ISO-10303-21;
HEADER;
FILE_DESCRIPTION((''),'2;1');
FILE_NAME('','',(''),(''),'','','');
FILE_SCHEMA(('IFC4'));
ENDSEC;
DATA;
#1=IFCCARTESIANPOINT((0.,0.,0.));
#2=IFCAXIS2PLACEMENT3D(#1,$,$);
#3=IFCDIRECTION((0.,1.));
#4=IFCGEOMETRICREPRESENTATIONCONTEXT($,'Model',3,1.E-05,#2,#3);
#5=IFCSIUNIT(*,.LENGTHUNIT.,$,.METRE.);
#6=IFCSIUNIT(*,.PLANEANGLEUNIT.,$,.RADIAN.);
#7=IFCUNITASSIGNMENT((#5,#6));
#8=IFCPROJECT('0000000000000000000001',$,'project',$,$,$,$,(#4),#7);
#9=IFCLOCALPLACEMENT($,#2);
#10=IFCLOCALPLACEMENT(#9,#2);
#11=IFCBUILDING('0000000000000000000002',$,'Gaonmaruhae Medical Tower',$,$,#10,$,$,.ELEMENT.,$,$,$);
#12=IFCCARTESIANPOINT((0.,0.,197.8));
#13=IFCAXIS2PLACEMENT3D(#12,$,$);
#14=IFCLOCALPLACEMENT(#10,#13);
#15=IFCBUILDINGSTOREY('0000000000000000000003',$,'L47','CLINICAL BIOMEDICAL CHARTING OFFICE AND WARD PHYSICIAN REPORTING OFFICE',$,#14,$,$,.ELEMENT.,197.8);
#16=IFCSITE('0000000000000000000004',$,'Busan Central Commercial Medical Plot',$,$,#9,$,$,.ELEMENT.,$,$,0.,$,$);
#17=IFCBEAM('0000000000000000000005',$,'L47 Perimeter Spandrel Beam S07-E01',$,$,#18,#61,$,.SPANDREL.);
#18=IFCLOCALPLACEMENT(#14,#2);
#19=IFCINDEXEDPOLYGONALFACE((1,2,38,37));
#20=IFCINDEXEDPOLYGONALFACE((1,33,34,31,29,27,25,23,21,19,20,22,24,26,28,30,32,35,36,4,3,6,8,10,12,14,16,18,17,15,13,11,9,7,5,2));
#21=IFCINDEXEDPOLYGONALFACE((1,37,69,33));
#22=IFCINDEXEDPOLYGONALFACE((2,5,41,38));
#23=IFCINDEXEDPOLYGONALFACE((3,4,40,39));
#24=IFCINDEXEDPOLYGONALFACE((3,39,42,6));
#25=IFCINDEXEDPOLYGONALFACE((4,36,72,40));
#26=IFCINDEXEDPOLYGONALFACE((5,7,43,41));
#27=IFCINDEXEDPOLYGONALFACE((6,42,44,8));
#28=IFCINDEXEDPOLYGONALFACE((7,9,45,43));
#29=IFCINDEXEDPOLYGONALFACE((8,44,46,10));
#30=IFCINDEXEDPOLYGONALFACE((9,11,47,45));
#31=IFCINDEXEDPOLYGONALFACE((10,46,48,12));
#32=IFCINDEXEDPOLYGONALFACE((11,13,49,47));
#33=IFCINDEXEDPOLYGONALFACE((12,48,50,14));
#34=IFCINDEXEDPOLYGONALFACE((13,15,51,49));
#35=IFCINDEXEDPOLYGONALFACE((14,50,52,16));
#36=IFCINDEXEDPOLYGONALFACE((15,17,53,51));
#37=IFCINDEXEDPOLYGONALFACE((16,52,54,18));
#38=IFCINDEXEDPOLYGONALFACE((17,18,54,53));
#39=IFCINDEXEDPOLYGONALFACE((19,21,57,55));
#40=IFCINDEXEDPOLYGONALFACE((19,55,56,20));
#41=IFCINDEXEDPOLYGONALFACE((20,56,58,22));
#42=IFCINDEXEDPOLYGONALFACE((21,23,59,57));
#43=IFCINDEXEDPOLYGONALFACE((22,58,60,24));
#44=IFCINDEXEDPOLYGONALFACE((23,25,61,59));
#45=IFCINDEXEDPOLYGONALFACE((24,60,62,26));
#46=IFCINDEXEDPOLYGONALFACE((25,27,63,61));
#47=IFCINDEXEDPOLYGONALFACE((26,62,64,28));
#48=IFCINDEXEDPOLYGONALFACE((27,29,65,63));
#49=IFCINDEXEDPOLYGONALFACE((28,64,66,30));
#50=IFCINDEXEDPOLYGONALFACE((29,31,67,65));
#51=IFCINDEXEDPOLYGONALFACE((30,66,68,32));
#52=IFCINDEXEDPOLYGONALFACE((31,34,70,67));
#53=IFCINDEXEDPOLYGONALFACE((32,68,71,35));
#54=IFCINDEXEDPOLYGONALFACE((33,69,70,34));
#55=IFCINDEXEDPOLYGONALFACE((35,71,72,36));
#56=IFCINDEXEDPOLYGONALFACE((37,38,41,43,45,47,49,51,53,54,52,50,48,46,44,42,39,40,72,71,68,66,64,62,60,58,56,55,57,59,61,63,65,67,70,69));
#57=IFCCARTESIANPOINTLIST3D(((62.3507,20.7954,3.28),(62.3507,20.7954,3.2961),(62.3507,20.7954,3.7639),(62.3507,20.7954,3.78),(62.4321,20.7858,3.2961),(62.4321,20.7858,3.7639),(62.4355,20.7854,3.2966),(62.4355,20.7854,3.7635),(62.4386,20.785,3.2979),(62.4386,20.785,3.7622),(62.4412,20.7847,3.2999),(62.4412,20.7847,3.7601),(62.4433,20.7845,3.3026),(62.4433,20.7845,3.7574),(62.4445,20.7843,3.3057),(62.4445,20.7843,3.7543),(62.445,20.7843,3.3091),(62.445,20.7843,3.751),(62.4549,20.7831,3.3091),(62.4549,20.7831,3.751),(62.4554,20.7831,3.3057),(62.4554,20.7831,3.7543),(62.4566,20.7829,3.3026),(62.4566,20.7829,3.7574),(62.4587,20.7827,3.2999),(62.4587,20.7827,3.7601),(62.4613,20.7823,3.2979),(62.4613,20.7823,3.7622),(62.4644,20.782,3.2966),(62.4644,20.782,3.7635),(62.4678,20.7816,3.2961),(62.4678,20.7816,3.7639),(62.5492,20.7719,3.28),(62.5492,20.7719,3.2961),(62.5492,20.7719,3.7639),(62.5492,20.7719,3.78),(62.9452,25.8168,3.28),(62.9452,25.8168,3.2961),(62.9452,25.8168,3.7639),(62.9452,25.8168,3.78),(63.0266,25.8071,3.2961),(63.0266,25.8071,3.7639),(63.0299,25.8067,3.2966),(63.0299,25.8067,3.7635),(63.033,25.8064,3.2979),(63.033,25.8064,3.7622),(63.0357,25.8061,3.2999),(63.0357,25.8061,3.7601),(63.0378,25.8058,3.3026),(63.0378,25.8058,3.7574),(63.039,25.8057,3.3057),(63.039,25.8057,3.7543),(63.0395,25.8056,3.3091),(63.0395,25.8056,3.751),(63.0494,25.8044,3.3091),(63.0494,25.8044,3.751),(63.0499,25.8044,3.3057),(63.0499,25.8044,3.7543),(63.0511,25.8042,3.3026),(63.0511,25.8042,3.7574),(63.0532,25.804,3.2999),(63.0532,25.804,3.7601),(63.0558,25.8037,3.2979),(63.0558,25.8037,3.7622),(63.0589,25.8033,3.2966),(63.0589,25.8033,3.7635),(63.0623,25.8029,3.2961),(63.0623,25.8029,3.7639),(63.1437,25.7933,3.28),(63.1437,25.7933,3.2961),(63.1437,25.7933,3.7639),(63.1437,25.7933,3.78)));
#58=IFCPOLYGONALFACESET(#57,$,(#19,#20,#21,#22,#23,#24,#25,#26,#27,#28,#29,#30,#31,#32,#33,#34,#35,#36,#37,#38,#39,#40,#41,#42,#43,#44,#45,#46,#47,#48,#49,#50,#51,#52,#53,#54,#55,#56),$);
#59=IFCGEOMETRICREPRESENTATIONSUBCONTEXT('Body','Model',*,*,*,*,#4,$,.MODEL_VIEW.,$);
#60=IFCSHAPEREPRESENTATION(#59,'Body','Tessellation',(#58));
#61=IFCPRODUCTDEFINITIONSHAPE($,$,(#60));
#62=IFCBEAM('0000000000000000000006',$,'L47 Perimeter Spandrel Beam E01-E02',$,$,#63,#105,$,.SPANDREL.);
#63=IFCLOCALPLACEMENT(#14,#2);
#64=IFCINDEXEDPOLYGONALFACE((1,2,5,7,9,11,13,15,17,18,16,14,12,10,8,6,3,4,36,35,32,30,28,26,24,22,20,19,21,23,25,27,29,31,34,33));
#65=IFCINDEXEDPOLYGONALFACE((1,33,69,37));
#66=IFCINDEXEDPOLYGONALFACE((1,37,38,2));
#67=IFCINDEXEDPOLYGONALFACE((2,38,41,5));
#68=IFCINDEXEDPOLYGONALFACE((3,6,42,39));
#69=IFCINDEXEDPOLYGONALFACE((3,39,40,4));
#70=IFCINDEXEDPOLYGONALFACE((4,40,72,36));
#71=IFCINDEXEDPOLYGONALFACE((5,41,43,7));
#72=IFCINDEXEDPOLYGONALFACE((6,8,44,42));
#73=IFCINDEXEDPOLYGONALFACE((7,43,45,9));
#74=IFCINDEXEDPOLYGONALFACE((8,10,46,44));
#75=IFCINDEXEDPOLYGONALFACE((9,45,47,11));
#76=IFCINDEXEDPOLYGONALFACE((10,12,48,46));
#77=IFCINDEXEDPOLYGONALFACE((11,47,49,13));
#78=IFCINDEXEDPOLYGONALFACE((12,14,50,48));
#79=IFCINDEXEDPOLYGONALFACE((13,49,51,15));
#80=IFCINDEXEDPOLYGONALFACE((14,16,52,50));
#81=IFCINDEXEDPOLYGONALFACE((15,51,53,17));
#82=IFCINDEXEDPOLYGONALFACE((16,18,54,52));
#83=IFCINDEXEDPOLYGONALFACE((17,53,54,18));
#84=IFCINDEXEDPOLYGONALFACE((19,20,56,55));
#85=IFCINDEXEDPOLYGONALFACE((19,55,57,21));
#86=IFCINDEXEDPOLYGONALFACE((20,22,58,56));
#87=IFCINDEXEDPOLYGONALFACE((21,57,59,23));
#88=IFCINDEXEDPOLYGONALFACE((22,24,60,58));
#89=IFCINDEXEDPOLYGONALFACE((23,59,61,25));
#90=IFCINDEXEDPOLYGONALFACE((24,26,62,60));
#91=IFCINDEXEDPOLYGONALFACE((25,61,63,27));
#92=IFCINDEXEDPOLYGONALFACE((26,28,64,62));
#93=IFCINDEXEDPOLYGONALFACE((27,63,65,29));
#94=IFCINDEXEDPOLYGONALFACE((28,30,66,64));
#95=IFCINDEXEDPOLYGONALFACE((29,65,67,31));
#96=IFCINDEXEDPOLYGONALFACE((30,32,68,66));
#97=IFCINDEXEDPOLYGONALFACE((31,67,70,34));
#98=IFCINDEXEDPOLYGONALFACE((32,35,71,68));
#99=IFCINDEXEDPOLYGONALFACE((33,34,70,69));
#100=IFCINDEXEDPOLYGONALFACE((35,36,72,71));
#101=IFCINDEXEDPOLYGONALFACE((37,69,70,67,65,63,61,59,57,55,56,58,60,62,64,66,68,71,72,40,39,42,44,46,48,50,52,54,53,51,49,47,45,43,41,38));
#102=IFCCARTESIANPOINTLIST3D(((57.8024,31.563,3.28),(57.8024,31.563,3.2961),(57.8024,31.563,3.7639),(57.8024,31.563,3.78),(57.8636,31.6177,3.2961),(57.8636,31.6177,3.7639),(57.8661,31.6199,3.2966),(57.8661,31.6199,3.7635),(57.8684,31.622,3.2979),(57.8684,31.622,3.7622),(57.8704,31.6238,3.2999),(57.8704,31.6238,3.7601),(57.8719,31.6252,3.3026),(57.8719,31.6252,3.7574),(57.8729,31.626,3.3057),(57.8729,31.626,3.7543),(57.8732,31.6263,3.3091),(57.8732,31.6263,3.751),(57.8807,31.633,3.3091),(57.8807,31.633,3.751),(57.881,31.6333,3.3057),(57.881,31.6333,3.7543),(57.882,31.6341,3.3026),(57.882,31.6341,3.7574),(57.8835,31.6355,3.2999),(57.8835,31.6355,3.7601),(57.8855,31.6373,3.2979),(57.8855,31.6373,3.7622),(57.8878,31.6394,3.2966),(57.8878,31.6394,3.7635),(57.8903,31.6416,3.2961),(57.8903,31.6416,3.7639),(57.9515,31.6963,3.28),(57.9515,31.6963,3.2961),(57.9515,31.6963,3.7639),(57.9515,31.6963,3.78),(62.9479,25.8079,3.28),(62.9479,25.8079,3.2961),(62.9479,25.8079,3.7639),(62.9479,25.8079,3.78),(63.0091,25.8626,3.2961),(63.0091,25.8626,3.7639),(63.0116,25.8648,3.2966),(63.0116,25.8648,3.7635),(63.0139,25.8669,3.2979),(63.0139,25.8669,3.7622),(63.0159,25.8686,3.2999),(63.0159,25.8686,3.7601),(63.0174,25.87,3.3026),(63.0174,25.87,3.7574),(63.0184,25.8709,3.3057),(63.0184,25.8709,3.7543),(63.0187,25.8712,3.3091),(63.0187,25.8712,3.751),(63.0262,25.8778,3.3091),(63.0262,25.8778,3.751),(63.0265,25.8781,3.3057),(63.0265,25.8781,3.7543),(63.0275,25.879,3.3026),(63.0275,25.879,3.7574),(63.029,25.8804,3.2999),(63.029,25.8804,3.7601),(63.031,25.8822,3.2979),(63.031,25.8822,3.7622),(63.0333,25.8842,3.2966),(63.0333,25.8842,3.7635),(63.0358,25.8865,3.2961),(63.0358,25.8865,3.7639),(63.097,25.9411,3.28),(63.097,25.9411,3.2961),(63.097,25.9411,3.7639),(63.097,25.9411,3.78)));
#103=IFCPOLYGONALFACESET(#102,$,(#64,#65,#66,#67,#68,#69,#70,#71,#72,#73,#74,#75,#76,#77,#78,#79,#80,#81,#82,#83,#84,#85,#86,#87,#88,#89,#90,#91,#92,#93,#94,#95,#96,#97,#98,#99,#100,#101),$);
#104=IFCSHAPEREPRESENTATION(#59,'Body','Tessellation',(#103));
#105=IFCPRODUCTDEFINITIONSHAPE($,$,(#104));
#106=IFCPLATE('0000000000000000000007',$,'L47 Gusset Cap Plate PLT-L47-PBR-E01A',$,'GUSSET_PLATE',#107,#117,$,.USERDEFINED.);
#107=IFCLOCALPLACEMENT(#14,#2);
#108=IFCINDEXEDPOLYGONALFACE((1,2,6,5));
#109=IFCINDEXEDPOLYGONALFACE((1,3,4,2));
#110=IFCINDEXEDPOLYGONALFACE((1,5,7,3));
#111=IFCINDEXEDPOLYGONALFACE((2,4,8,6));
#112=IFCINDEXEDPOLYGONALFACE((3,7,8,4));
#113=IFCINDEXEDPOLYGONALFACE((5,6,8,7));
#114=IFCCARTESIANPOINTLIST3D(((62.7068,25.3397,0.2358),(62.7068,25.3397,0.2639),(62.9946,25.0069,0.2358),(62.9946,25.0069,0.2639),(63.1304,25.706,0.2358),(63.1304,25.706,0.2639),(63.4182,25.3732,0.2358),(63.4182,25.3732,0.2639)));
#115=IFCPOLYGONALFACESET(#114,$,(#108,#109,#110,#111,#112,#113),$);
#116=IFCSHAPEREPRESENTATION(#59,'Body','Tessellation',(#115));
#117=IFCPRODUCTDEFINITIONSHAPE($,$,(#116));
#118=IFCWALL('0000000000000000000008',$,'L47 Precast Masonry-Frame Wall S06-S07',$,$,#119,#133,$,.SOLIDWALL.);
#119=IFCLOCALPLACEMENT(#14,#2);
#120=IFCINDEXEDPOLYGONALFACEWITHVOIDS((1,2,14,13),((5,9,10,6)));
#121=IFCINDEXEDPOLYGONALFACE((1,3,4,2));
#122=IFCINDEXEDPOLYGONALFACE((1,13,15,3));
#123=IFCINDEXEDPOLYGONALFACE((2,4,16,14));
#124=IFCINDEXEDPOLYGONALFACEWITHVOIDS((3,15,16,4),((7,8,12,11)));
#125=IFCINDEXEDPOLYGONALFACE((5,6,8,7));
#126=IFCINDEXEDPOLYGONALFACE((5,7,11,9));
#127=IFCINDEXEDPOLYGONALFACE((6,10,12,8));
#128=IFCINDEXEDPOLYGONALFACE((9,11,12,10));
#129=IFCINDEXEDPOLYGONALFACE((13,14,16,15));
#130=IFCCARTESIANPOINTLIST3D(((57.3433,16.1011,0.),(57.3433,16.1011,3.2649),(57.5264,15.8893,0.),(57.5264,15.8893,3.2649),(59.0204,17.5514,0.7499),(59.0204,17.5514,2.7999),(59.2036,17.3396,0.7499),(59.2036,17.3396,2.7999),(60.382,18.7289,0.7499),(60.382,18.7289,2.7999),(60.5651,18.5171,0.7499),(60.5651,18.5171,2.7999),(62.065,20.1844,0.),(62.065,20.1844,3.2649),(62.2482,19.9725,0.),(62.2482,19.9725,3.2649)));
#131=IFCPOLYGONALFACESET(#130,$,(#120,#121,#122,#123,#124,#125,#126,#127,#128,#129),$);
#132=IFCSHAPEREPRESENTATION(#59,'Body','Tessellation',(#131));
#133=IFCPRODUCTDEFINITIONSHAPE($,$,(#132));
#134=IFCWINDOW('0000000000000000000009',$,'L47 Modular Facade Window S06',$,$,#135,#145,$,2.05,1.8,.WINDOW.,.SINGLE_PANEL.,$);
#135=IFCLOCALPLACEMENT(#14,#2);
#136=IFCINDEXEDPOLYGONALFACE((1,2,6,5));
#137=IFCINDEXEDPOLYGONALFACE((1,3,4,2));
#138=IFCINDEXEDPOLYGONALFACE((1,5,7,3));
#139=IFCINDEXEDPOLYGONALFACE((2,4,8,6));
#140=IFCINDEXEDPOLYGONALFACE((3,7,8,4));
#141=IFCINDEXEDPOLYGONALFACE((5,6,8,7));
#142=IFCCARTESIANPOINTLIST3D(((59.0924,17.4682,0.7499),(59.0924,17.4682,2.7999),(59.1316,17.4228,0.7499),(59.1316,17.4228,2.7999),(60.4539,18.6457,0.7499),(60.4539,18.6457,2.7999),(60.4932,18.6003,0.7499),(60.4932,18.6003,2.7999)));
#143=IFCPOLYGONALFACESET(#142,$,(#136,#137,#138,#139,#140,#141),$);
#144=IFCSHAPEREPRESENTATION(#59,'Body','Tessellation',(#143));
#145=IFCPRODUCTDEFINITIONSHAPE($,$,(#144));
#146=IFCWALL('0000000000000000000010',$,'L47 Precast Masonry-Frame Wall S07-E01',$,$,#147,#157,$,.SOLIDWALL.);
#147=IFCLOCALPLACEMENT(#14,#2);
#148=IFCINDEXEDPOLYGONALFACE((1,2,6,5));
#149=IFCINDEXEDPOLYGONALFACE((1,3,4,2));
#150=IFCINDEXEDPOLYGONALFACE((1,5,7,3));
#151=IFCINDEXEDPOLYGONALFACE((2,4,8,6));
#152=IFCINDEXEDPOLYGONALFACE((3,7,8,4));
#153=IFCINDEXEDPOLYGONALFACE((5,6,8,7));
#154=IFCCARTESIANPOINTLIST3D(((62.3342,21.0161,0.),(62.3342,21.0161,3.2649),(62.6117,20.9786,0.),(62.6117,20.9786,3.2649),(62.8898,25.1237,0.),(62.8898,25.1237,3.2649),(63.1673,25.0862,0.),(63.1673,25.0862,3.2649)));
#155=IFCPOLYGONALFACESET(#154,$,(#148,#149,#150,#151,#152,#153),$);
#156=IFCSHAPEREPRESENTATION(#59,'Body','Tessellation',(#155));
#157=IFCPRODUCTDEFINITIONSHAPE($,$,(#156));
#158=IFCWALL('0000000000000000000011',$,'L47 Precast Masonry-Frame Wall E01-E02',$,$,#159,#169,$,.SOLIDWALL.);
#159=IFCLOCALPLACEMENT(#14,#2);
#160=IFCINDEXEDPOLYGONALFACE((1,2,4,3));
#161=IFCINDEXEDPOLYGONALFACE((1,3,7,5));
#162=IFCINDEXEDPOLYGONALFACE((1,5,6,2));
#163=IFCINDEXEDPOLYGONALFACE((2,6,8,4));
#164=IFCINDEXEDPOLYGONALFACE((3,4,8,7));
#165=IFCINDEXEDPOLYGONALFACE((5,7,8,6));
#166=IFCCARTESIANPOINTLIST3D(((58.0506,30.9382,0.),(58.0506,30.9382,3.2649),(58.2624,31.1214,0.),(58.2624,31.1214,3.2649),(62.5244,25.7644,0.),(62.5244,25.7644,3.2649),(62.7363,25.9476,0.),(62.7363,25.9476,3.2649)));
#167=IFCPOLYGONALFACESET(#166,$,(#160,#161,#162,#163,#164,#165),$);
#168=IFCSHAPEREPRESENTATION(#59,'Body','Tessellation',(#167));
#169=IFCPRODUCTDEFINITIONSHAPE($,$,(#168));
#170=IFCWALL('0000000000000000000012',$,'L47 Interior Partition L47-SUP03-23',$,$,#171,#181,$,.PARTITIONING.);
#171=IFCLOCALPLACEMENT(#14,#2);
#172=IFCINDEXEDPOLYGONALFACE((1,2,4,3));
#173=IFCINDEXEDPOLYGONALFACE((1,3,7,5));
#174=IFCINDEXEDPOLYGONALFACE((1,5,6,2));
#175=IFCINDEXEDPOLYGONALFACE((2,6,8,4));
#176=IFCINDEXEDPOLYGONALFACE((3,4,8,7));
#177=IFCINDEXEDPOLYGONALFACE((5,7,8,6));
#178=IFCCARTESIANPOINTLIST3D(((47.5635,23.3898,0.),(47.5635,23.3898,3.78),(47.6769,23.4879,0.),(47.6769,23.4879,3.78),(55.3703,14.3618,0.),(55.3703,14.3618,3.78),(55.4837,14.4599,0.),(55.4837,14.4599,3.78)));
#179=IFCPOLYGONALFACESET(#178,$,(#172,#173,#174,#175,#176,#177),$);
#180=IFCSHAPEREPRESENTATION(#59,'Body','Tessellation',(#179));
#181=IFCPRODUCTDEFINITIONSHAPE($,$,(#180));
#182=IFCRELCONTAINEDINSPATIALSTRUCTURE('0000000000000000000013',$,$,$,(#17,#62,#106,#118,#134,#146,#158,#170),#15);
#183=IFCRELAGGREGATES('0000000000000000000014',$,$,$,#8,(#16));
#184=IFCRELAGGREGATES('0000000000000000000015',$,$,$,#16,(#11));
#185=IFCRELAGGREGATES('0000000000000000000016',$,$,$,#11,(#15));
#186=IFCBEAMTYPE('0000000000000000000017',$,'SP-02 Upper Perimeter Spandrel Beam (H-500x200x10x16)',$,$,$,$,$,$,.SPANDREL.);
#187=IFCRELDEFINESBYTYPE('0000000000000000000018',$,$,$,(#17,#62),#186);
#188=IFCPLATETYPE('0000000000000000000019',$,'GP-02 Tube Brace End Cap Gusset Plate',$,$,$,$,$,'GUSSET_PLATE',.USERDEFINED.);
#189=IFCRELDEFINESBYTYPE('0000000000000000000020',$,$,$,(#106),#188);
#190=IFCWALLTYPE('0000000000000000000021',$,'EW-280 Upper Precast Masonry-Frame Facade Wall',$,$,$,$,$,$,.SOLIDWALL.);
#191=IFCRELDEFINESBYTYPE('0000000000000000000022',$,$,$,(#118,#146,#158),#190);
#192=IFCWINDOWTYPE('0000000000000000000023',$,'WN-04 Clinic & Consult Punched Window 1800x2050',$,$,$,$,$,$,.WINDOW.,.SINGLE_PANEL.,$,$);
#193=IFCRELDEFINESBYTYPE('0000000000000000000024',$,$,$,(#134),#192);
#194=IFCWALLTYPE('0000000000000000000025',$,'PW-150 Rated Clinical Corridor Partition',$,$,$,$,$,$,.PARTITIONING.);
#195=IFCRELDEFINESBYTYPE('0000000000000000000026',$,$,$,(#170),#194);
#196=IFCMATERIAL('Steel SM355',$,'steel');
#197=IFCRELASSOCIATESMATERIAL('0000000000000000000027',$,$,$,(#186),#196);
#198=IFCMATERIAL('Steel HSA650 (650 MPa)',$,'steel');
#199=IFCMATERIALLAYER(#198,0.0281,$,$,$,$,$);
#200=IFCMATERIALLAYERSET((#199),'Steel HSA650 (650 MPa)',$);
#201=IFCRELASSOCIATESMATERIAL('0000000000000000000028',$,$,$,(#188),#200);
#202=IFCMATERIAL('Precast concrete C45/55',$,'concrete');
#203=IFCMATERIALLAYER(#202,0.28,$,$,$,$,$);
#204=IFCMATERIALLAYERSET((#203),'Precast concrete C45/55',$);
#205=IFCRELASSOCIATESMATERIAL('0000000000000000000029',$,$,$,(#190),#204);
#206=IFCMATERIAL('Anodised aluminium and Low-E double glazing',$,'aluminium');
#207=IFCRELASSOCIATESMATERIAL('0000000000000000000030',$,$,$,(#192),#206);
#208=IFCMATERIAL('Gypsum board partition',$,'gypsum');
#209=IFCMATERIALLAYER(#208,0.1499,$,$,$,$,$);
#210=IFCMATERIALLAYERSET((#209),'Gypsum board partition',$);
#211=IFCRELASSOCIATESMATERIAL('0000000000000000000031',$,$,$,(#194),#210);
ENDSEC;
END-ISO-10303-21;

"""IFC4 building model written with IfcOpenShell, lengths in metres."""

from ifc_helpers import new_model, si_unit, direction, frame, frame_2d, origin, origin_2d, place, context, subcontext, project, spatial, rectangle, i_section, extrude, material, layer, layer_set, material_profile, profile_set, type_object, element, fill, save


model = new_model("IFC4")

# Units and contexts
model_context = context("Model", 3, precision=1e-05, world=origin(), true_north=direction((0.0, 1.0)))
body_context = subcontext(model_context, "Body", "Model", "MODEL_VIEW")
ifc_project = project(units=[si_unit("LENGTHUNIT", "METRE"), si_unit("PLANEANGLEUNIT", "RADIAN")], contexts=[model_context])

# Site, building, storey
site_placement = place(None, origin())
site = spatial("IfcSite", under=ifc_project, at=site_placement, Name="Busan Central Commercial Medical Plot", CompositionType="ELEMENT", RefElevation=0.0)
building_placement = place(site_placement, origin())
building = spatial("IfcBuilding", under=site, at=building_placement, Name="Gaonmaruhae Medical Tower", CompositionType="ELEMENT")
storey_placement = place(building_placement, frame((0.0, 0.0, 197.8)))
storey = spatial("IfcBuildingStorey", under=building, at=storey_placement, Name="L47", Description="CLINICAL BIOMEDICAL CHARTING OFFICE AND WARD PHYSICIAN REPORTING OFFICE", CompositionType="ELEMENT", Elevation=197.8)

# Shared definitions
ifc_material_1 = material(Name="Steel SM355", Category="steel")

# Beams
ifc_material_profile_1 = material_profile(ifc_material_1, i_section(OverallWidth=0.2, OverallDepth=0.5, WebThickness=0.01, FlangeThickness=0.0161, FilletRadius=0.0129, at=origin_2d()), Name="H-500x200x10x16")
ifc_profile_set_1 = profile_set([ifc_material_profile_1], Name="Steel SM355")
beam_type_1 = type_object("IfcBeamType", Name="SP-02 Upper Perimeter Spandrel Beam (H-500x200x10x16)", PredefinedType="SPANDREL", material=ifc_profile_set_1)
beam_1_placement = place(storey_placement, frame((62.45, 20.7837, 3.53), z_axis=(0.117572, 0.993064, 0.0), x_axis=(-0.993064, 0.117572, 0.0)))
element("IfcBeam", 1, at=beam_1_placement, inside=storey, type_object=beam_type_1, Name="L47 Perimeter Spandrel Beam S07-E01", PredefinedType="SPANDREL", context=body_context, shape_type="SweptSolid", body=[
    extrude(i_section(OverallWidth=0.2, OverallDepth=0.5, WebThickness=0.01, FlangeThickness=0.0161, FilletRadius=0.0129, at=origin_2d()), origin(), (0.0, 0.0, 1.0), 5.0564),
])
beam_2_placement = place(storey_placement, frame((63.0225, 25.8745, 3.53), z_axis=(-0.66652, 0.745487, 0.0), x_axis=(-0.745487, -0.66652, 0.0)))
element("IfcBeam", 2, at=beam_2_placement, inside=storey, type_object=beam_type_1, Name="L47 Perimeter Spandrel Beam E01-E02", PredefinedType="SPANDREL", context=body_context, shape_type="SweptSolid", body=[
    extrude(i_section(OverallWidth=0.2, OverallDepth=0.5, WebThickness=0.01, FlangeThickness=0.0161, FilletRadius=0.0129, at=origin_2d()), origin(), (0.0, 0.0, 1.0), 7.72),
])

# Plate
ifc_material_2 = material(Name="Steel HSA650 (650 MPa)", Category="steel")
ifc_layer_1 = layer(ifc_material_2, 0.0281)
ifc_layer_set_1 = layer_set([ifc_layer_1], Name="Steel HSA650 (650 MPa)")
plate_type = type_object("IfcPlateType", Name="GP-02 Tube Brace End Cap Gusset Plate", ElementType="GUSSET_PLATE", PredefinedType="USERDEFINED", material=ifc_layer_set_1)
plate_placement = place(storey_placement, frame((63.0625, 25.3564, 0.2358), z_axis=(0.0, 0.0, 1.0), x_axis=(0.756425, 0.654081, 0.0)))
element("IfcPlate", 3, at=plate_placement, inside=storey, type_object=plate_type, Name="L47 Gusset Cap Plate PLT-L47-PBR-E01A", ObjectType="GUSSET_PLATE", PredefinedType="USERDEFINED", context=body_context, shape_type="SweptSolid", body=[
    extrude(rectangle(XDim=0.5601, YDim=0.4399, at=origin_2d()), origin(), (0.0, 0.0, 1.0), 0.0281),
])

# Wall, opening, window
ifc_material_3 = material(Name="Precast concrete C45/55", Category="concrete")
ifc_layer_2 = layer(ifc_material_3, 0.28)
ifc_layer_set_2 = layer_set([ifc_layer_2], Name="Precast concrete C45/55")
wall_type_1 = type_object("IfcWallType", Name="EW-280 Upper Precast Masonry-Frame Facade Wall", PredefinedType="SOLIDWALL", material=ifc_layer_set_2)
wall_1_placement = place(storey_placement, frame((62.1565, 20.0784, 0.0), z_axis=(0.0, 0.0, 1.0), x_axis=(-0.756392, -0.654119, 0.0)))
wall_1 = element("IfcWall", 4, at=wall_1_placement, inside=storey, type_object=wall_type_1, Name="L47 Precast Masonry-Frame Wall S06-S07", PredefinedType="SOLIDWALL", context=body_context, shape_type="SweptSolid", body=[
    extrude(rectangle(XDim=6.2424, YDim=0.28, at=frame_2d((3.1211, 0.0))), origin(), (0.0, 0.0, 1.0), 3.2649),
])
opening_1_placement = place(wall_1_placement, frame((2.2251, 0.0, 0.75)))
opening_1 = element("IfcOpeningElement", 5, at=opening_1_placement, cuts=wall_1, PredefinedType="OPENING", context=body_context, shape_type="SweptSolid", body=[
    extrude(rectangle(XDim=1.8, YDim=2.05, at=frame_2d((0.8999, 1.0249))), frame((0.0, 0.1499, 0.0), z_axis=(0.0, -1.0, 0.0), x_axis=(1.0, 0.0, 0.0)), (0.0, 0.0, 1.0), 0.3),
])
ifc_material_4 = material(Name="Anodised aluminium and Low-E double glazing", Category="aluminium")
window_type = type_object("IfcWindowType", Name="WN-04 Clinic & Consult Punched Window 1800x2050", PartitioningType="SINGLE_PANEL", PredefinedType="WINDOW", material=ifc_material_4)
window_placement = place(opening_1_placement, origin())
window = element("IfcWindow", 6, at=window_placement, inside=storey, type_object=window_type, Name="L47 Modular Facade Window S06", OverallHeight=2.05, OverallWidth=1.8, PartitioningType="SINGLE_PANEL", PredefinedType="WINDOW", context=body_context, shape_type="SweptSolid", body=[
    extrude(rectangle(XDim=1.8, YDim=2.05, at=frame_2d((0.8999, 1.0249))), frame((0.0, 0.03, 0.0), z_axis=(0.0, -1.0, 0.0), x_axis=(1.0, 0.0, 0.0)), (0.0, 0.0, 1.0), 0.0601),
])
fill(opening_1, window)

# Walls
wall_2_placement = place(storey_placement, frame((63.0286, 25.105, 0.0), z_axis=(0.0, 0.0, 1.0), x_axis=(-0.134054, -0.990974, 0.0)))
element("IfcWall", 7, at=wall_2_placement, inside=storey, type_object=wall_type_1, Name="L47 Precast Masonry-Frame Wall S07-E01", PredefinedType="SOLIDWALL", context=body_context, shape_type="SweptSolid", body=[
    extrude(rectangle(XDim=4.145, YDim=0.28, at=frame_2d((2.0725, 0.0))), origin(), (0.0, 0.0, 1.0), 3.2649),
])
wall_3_placement = place(storey_placement, frame((58.1565, 31.0298, 0.0), z_axis=(0.0, 0.0, 1.0), x_axis=(0.654086, -0.75642, 0.0)))
element("IfcWall", 8, at=wall_3_placement, inside=storey, type_object=wall_type_1, Name="L47 Precast Masonry-Frame Wall E01-E02", PredefinedType="SOLIDWALL", context=body_context, shape_type="SweptSolid", body=[
    extrude(rectangle(XDim=6.8398, YDim=0.28, at=frame_2d((3.4199, 0.0))), origin(), (0.0, 0.0, 1.0), 3.2649),
])
ifc_material_5 = material(Name="Gypsum board partition", Category="gypsum")
ifc_layer_3 = layer(ifc_material_5, 0.1499)
ifc_layer_set_3 = layer_set([ifc_layer_3], Name="Gypsum board partition")
wall_type_2 = type_object("IfcWallType", Name="PW-150 Rated Clinical Corridor Partition", PredefinedType="PARTITIONING", material=ifc_layer_set_3)
wall_4_placement = place(storey_placement, frame((47.6201, 23.439, 0.0), z_axis=(0.0, 0.0, 1.0), x_axis=(0.654095, -0.756412, 0.0)))
element("IfcWall", 9, at=wall_4_placement, inside=storey, type_object=wall_type_2, Name="L47 Interior Partition L47-SUP03-23", PredefinedType="PARTITIONING", context=body_context, shape_type="SweptSolid", body=[
    extrude(rectangle(XDim=11.9353, YDim=0.1499, at=frame_2d((5.9678, 0.0))), origin(), (0.0, 0.0, 1.0), 3.78),
])

save(model, "model.ifc")
